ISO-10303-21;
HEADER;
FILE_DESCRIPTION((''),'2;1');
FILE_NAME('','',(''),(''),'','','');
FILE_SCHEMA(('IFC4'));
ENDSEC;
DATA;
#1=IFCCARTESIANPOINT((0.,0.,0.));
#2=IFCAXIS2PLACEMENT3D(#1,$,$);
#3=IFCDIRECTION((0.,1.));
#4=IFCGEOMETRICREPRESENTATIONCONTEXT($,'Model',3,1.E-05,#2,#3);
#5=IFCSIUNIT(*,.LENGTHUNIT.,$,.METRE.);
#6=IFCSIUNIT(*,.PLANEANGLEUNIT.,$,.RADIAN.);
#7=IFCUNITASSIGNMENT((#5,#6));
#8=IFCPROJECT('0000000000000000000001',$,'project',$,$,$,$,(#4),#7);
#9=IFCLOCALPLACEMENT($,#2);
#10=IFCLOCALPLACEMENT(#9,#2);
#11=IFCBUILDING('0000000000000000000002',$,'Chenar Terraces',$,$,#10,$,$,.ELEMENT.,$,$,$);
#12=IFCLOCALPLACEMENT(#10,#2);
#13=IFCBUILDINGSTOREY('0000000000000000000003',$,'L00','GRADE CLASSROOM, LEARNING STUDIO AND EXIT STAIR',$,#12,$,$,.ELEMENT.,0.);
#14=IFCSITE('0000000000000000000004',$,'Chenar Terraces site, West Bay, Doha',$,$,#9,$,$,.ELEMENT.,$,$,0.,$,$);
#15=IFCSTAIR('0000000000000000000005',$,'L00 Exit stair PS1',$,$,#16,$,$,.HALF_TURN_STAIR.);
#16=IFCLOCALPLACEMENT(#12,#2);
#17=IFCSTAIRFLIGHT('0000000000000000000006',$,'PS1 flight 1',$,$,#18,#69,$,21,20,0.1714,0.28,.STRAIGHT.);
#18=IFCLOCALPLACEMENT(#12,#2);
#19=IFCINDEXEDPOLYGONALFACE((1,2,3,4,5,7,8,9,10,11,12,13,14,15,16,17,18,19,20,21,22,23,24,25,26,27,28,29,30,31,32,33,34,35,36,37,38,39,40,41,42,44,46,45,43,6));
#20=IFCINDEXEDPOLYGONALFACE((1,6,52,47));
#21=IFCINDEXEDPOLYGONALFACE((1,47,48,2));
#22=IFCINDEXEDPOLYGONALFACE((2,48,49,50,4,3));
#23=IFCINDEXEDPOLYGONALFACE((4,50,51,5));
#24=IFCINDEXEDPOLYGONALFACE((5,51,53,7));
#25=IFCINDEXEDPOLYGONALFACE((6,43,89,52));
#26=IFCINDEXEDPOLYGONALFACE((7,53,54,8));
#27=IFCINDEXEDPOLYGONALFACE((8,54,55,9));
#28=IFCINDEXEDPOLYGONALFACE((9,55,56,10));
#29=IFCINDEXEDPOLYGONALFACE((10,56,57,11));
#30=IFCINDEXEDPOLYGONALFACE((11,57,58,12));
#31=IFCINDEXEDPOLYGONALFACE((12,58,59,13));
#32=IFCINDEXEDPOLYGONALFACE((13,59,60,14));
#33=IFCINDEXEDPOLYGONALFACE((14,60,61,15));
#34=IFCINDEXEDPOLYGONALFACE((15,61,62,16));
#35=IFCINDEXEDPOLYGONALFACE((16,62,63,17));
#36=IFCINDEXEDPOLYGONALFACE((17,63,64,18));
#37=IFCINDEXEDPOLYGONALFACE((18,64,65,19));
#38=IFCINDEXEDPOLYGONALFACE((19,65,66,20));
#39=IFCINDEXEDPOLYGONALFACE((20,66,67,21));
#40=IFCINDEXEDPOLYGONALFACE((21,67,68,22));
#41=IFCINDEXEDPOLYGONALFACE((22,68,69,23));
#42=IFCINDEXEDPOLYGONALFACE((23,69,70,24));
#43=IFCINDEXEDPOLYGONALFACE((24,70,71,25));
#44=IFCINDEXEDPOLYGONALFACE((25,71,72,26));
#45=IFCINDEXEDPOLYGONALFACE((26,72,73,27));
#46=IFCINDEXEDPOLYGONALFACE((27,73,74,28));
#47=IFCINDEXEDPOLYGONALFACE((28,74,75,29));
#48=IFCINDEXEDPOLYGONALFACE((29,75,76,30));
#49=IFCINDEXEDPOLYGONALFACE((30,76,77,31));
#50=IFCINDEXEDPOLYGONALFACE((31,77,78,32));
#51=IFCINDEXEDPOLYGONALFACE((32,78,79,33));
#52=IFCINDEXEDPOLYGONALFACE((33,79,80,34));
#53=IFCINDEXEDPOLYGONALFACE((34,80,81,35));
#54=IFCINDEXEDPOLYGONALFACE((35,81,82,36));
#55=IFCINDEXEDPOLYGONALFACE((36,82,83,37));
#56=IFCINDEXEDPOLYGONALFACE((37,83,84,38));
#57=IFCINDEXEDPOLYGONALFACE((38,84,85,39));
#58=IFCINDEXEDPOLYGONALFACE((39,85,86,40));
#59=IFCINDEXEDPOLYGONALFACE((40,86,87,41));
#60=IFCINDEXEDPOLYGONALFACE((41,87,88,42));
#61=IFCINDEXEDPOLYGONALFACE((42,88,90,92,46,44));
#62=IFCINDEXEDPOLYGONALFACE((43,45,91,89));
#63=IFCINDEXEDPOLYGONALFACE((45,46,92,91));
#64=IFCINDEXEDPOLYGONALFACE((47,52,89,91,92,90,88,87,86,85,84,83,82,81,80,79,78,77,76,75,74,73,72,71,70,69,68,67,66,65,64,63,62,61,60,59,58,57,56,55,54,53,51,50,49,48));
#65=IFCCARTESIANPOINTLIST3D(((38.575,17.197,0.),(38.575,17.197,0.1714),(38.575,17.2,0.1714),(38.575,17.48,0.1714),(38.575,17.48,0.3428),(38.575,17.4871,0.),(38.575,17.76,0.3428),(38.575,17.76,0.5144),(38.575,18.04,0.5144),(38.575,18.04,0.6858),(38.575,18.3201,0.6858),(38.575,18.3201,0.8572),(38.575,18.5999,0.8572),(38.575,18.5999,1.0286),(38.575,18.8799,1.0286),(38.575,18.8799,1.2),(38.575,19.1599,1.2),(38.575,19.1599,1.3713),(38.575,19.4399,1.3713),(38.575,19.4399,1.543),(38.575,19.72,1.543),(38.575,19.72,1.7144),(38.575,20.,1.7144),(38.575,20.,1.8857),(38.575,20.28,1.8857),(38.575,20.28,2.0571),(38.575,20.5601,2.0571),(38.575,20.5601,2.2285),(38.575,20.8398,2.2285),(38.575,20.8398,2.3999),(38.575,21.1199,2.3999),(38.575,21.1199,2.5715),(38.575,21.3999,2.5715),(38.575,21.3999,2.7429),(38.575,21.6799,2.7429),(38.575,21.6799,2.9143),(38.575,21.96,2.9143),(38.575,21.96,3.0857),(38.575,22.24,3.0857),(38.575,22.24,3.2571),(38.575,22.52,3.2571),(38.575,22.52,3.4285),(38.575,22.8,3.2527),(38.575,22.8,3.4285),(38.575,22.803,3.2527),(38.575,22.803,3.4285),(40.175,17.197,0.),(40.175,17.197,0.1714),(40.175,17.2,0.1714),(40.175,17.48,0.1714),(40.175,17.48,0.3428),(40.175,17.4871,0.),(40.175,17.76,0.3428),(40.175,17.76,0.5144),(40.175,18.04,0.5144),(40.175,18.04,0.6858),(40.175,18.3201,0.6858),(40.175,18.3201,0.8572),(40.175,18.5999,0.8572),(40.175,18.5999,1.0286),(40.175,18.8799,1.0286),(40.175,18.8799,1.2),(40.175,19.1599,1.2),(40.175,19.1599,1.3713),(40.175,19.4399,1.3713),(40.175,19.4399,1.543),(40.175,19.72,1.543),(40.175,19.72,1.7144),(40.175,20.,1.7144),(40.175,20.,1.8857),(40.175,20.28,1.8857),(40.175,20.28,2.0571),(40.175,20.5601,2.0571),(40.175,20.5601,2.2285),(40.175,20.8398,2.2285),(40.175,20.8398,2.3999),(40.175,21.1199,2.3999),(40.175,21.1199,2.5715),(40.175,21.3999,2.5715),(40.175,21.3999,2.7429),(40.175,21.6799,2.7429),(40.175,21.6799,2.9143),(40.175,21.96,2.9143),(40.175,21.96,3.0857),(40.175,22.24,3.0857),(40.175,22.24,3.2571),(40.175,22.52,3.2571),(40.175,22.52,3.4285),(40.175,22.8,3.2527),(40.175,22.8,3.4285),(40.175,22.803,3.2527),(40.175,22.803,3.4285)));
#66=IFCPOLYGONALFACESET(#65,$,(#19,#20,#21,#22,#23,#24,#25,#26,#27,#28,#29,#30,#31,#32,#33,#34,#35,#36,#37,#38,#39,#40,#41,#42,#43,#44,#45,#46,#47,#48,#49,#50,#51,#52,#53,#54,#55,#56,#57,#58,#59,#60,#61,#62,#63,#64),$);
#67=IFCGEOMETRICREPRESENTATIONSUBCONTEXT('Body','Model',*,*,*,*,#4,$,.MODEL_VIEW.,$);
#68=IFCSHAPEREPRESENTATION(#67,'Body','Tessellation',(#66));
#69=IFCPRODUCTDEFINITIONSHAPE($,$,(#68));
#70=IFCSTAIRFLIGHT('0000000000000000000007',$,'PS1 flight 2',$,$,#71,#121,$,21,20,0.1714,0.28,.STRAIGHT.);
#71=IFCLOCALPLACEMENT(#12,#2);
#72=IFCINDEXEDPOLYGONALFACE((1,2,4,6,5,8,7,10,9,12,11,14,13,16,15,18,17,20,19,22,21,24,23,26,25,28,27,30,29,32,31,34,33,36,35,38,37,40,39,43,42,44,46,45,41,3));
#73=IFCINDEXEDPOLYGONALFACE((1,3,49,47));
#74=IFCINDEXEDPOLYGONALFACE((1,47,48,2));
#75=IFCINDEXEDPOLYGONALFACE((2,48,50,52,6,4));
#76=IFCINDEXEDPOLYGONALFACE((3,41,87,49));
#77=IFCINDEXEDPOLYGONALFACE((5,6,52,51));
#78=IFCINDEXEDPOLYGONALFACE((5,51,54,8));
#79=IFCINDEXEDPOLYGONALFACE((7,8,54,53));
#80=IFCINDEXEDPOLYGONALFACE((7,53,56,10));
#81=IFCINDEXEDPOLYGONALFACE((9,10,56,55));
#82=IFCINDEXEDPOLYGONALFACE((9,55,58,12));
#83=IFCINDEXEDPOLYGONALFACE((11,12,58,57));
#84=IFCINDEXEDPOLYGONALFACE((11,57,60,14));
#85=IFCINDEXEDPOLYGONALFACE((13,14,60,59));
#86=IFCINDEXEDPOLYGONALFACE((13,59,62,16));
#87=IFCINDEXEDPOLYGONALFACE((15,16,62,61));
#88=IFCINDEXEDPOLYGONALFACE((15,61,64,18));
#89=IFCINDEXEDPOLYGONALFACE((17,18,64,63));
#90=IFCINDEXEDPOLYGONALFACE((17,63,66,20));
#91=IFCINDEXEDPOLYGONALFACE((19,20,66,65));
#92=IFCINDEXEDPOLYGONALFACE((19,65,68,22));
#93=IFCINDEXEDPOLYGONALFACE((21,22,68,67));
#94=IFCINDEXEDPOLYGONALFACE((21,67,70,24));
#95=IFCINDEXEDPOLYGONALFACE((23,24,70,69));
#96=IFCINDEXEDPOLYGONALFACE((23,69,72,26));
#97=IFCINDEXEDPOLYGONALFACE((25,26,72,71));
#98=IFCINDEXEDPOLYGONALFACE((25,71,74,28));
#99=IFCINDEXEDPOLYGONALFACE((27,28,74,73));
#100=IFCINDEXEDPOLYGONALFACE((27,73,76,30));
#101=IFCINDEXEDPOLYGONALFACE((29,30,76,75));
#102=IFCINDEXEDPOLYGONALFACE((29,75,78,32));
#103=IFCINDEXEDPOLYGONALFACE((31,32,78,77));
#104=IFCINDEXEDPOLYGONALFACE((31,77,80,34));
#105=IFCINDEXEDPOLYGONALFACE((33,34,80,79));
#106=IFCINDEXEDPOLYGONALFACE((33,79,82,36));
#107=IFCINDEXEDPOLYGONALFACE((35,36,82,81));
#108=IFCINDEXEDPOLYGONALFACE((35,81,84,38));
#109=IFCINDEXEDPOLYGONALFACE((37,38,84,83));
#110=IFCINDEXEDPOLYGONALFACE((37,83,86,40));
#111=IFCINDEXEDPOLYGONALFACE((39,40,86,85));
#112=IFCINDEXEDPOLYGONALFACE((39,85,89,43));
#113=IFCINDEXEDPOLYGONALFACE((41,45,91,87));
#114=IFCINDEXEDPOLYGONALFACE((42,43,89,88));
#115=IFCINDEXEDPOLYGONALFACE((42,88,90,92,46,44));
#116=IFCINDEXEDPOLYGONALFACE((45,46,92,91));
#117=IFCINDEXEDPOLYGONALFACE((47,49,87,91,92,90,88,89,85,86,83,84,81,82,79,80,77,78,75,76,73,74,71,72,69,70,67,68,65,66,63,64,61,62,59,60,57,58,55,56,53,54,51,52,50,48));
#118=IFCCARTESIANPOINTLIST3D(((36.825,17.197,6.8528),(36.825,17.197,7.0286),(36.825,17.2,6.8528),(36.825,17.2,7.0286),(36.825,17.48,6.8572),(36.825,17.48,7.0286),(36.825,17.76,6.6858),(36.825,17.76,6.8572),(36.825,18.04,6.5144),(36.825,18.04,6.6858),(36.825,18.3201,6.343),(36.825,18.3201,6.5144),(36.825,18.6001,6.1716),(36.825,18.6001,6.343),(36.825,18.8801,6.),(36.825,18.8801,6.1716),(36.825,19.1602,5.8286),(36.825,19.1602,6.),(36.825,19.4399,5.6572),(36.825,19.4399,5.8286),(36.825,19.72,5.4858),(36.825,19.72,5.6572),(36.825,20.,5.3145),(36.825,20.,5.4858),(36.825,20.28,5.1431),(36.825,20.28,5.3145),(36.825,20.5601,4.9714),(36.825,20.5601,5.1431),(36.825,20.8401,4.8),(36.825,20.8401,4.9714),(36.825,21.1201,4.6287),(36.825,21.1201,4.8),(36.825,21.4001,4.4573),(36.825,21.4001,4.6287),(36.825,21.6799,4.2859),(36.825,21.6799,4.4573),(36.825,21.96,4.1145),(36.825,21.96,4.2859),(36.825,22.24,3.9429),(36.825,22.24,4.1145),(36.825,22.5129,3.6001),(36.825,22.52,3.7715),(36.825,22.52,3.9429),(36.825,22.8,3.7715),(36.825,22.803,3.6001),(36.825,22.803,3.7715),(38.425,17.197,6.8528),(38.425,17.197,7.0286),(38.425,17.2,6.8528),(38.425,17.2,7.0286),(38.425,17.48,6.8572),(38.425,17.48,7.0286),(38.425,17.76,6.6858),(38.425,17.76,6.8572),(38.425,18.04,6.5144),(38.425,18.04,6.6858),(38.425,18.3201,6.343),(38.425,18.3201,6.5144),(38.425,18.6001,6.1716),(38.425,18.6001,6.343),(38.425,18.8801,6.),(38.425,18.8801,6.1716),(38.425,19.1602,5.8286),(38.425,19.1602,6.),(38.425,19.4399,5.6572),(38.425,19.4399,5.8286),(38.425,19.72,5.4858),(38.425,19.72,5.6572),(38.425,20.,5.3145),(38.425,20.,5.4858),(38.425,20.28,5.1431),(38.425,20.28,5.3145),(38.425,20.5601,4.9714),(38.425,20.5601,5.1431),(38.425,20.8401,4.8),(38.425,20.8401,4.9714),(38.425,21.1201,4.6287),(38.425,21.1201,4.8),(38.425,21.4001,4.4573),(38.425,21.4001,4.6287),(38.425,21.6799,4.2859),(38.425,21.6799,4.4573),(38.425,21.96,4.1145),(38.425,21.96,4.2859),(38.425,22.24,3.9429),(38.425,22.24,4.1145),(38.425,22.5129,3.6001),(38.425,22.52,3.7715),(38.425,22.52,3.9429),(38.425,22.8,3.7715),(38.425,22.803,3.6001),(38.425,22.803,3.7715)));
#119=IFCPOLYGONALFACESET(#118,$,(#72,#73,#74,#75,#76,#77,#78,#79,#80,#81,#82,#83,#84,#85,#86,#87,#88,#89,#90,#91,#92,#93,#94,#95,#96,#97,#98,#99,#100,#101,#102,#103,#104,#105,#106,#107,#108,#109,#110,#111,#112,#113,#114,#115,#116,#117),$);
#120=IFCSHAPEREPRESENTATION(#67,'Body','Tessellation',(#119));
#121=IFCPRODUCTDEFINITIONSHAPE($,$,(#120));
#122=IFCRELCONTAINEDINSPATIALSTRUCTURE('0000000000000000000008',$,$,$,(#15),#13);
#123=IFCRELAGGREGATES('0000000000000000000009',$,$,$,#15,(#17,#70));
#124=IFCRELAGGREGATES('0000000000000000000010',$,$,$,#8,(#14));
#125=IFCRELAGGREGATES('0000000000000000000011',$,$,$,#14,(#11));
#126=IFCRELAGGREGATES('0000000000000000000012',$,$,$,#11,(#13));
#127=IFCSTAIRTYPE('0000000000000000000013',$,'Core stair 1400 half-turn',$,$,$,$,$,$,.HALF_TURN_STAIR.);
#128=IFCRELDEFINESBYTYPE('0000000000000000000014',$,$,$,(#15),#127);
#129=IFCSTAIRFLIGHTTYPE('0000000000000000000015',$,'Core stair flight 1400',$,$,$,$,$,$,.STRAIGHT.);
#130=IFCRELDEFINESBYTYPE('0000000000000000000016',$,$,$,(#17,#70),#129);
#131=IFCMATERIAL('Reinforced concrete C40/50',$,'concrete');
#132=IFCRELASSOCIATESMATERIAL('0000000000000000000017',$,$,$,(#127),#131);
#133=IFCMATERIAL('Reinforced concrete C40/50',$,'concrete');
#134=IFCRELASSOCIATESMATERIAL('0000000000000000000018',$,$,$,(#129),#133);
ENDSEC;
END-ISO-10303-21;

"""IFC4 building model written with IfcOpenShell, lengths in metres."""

from ifc_helpers import new_model, si_unit, direction, frame, origin, place, context, subcontext, project, spatial, polyline, outline, extrude, material, type_object, element, aggregate, save


model = new_model("IFC4")

# Units and contexts
model_context = context("Model", 3, precision=1e-05, world=origin(), true_north=direction((0.0, 1.0)))
body_context = subcontext(model_context, "Body", "Model", "MODEL_VIEW")
ifc_project = project(units=[si_unit("LENGTHUNIT", "METRE"), si_unit("PLANEANGLEUNIT", "RADIAN")], contexts=[model_context])

# Site, building, storey
site_placement = place(None, origin())
site = spatial("IfcSite", under=ifc_project, at=site_placement, Name="Chenar Terraces site, West Bay, Doha", CompositionType="ELEMENT", RefElevation=0.0)
building_placement = place(site_placement, origin())
building = spatial("IfcBuilding", under=site, at=building_placement, Name="Chenar Terraces", CompositionType="ELEMENT")
storey_placement = place(building_placement, origin())
storey = spatial("IfcBuildingStorey", under=building, at=storey_placement, Name="L00", Description="GRADE CLASSROOM, LEARNING STUDIO AND EXIT STAIR", CompositionType="ELEMENT", Elevation=0.0)

# Stair, stair flights
ifc_material_1 = material(Name="Reinforced concrete C40/50", Category="concrete")
stair_type = type_object("IfcStairType", Name="Core stair 1400 half-turn", PredefinedType="HALF_TURN_STAIR", material=ifc_material_1)
stair_placement = place(storey_placement, origin())
stair = element("IfcStair", 1, at=stair_placement, inside=storey, type_object=stair_type, Name="L00 Exit stair PS1", PredefinedType="HALF_TURN_STAIR")
ifc_material_2 = material(Name="Reinforced concrete C40/50", Category="concrete")
stair_flight_type = type_object("IfcStairFlightType", Name="Core stair flight 1400", PredefinedType="STRAIGHT", material=ifc_material_2)
stair_flight_1_placement = place(storey_placement, frame((39.375, 17.2, 0.0), z_axis=(0.0, 0.0, 1.0), x_axis=(0.0, 1.0, 0.0)))
stair_flight_1 = element("IfcStairFlight", 2, at=stair_flight_1_placement, type_object=stair_flight_type, Name="PS1 flight 1", NumberOfRisers=21, NumberOfTreads=20, PredefinedType="STRAIGHT", RiserHeight=0.1714, TreadLength=0.28, context=body_context, shape_type="SweptSolid", body=[
    extrude(outline(polyline([(-0.0029, 0.0), (-0.0029, 0.1714), (0.0, 0.1714), (0.28, 0.1714), (0.28, 0.3428), (0.5601, 0.3428), (0.5601, 0.5144), (0.8401, 0.5144), (0.8401, 0.6858), (1.1201, 0.6858), (1.1201, 0.8572), (1.3999, 0.8572), (1.3999, 1.0286), (1.6799, 1.0286), (1.6799, 1.2), (1.96, 1.2), (1.96, 1.3713), (2.24, 1.3713), (2.24, 1.543), (2.52, 1.543), (2.52, 1.7144), (2.8, 1.7144), (2.8, 1.8857), (3.0801, 1.8857), (3.0801, 2.0571), (3.3601, 2.0571), (3.3601, 2.2285), (3.6399, 2.2285), (3.6399, 2.3999), (3.9199, 2.3999), (3.9199, 2.5715), (4.2, 2.5715), (4.2, 2.7429), (4.48, 2.7429), (4.48, 2.9143), (4.76, 2.9143), (4.76, 3.0857), (5.04, 3.0857), (5.04, 3.2571), (5.3201, 3.2571), (5.3201, 3.4285), (5.6001, 3.4285), (5.603, 3.4285), (5.603, 3.2527), (5.6001, 3.2527), (0.2871, 0.0), (-0.0029, 0.0)])), frame((0.0, 0.8, 0.0), z_axis=(0.0, -1.0, 0.0), x_axis=(1.0, 0.0, 0.0)), (0.0, 0.0, 1.0), 1.6001),
])
stair_flight_2_placement = place(storey_placement, frame((37.625, 22.8, 3.6001), z_axis=(0.0, 0.0, 1.0), x_axis=(0.0, -1.0, 0.0)))
stair_flight_2 = element("IfcStairFlight", 3, at=stair_flight_2_placement, type_object=stair_flight_type, Name="PS1 flight 2", NumberOfRisers=21, NumberOfTreads=20, PredefinedType="STRAIGHT", RiserHeight=0.1714, TreadLength=0.28, context=body_context, shape_type="SweptSolid", body=[
    extrude(outline(polyline([(-0.0029, 0.0), (-0.0029, 0.1714), (0.0, 0.1714), (0.28, 0.1714), (0.28, 0.3428), (0.5601, 0.3428), (0.5601, 0.5144), (0.8401, 0.5144), (0.8401, 0.6858), (1.1201, 0.6858), (1.1201, 0.8572), (1.3999, 0.8572), (1.3999, 1.0286), (1.6799, 1.0286), (1.6799, 1.2), (1.96, 1.2), (1.96, 1.3713), (2.24, 1.3713), (2.24, 1.543), (2.52, 1.543), (2.52, 1.7144), (2.8, 1.7144), (2.8, 1.8857), (3.0801, 1.8857), (3.0801, 2.0571), (3.3601, 2.0571), (3.3601, 2.2285), (3.6399, 2.2285), (3.6399, 2.3999), (3.9199, 2.3999), (3.9199, 2.5715), (4.2, 2.5715), (4.2, 2.7429), (4.48, 2.7429), (4.48, 2.9143), (4.76, 2.9143), (4.76, 3.0857), (5.04, 3.0857), (5.04, 3.2571), (5.3201, 3.2571), (5.3201, 3.4285), (5.6001, 3.4285), (5.603, 3.4285), (5.603, 3.2527), (5.6001, 3.2527), (0.2871, 0.0), (-0.0029, 0.0)])), frame((0.0, 0.8, 0.0), z_axis=(0.0, -1.0, 0.0), x_axis=(1.0, 0.0, 0.0)), (0.0, 0.0, 1.0), 1.6001),
])
aggregate(stair, [stair_flight_1, stair_flight_2])

save(model, "model.ifc")
